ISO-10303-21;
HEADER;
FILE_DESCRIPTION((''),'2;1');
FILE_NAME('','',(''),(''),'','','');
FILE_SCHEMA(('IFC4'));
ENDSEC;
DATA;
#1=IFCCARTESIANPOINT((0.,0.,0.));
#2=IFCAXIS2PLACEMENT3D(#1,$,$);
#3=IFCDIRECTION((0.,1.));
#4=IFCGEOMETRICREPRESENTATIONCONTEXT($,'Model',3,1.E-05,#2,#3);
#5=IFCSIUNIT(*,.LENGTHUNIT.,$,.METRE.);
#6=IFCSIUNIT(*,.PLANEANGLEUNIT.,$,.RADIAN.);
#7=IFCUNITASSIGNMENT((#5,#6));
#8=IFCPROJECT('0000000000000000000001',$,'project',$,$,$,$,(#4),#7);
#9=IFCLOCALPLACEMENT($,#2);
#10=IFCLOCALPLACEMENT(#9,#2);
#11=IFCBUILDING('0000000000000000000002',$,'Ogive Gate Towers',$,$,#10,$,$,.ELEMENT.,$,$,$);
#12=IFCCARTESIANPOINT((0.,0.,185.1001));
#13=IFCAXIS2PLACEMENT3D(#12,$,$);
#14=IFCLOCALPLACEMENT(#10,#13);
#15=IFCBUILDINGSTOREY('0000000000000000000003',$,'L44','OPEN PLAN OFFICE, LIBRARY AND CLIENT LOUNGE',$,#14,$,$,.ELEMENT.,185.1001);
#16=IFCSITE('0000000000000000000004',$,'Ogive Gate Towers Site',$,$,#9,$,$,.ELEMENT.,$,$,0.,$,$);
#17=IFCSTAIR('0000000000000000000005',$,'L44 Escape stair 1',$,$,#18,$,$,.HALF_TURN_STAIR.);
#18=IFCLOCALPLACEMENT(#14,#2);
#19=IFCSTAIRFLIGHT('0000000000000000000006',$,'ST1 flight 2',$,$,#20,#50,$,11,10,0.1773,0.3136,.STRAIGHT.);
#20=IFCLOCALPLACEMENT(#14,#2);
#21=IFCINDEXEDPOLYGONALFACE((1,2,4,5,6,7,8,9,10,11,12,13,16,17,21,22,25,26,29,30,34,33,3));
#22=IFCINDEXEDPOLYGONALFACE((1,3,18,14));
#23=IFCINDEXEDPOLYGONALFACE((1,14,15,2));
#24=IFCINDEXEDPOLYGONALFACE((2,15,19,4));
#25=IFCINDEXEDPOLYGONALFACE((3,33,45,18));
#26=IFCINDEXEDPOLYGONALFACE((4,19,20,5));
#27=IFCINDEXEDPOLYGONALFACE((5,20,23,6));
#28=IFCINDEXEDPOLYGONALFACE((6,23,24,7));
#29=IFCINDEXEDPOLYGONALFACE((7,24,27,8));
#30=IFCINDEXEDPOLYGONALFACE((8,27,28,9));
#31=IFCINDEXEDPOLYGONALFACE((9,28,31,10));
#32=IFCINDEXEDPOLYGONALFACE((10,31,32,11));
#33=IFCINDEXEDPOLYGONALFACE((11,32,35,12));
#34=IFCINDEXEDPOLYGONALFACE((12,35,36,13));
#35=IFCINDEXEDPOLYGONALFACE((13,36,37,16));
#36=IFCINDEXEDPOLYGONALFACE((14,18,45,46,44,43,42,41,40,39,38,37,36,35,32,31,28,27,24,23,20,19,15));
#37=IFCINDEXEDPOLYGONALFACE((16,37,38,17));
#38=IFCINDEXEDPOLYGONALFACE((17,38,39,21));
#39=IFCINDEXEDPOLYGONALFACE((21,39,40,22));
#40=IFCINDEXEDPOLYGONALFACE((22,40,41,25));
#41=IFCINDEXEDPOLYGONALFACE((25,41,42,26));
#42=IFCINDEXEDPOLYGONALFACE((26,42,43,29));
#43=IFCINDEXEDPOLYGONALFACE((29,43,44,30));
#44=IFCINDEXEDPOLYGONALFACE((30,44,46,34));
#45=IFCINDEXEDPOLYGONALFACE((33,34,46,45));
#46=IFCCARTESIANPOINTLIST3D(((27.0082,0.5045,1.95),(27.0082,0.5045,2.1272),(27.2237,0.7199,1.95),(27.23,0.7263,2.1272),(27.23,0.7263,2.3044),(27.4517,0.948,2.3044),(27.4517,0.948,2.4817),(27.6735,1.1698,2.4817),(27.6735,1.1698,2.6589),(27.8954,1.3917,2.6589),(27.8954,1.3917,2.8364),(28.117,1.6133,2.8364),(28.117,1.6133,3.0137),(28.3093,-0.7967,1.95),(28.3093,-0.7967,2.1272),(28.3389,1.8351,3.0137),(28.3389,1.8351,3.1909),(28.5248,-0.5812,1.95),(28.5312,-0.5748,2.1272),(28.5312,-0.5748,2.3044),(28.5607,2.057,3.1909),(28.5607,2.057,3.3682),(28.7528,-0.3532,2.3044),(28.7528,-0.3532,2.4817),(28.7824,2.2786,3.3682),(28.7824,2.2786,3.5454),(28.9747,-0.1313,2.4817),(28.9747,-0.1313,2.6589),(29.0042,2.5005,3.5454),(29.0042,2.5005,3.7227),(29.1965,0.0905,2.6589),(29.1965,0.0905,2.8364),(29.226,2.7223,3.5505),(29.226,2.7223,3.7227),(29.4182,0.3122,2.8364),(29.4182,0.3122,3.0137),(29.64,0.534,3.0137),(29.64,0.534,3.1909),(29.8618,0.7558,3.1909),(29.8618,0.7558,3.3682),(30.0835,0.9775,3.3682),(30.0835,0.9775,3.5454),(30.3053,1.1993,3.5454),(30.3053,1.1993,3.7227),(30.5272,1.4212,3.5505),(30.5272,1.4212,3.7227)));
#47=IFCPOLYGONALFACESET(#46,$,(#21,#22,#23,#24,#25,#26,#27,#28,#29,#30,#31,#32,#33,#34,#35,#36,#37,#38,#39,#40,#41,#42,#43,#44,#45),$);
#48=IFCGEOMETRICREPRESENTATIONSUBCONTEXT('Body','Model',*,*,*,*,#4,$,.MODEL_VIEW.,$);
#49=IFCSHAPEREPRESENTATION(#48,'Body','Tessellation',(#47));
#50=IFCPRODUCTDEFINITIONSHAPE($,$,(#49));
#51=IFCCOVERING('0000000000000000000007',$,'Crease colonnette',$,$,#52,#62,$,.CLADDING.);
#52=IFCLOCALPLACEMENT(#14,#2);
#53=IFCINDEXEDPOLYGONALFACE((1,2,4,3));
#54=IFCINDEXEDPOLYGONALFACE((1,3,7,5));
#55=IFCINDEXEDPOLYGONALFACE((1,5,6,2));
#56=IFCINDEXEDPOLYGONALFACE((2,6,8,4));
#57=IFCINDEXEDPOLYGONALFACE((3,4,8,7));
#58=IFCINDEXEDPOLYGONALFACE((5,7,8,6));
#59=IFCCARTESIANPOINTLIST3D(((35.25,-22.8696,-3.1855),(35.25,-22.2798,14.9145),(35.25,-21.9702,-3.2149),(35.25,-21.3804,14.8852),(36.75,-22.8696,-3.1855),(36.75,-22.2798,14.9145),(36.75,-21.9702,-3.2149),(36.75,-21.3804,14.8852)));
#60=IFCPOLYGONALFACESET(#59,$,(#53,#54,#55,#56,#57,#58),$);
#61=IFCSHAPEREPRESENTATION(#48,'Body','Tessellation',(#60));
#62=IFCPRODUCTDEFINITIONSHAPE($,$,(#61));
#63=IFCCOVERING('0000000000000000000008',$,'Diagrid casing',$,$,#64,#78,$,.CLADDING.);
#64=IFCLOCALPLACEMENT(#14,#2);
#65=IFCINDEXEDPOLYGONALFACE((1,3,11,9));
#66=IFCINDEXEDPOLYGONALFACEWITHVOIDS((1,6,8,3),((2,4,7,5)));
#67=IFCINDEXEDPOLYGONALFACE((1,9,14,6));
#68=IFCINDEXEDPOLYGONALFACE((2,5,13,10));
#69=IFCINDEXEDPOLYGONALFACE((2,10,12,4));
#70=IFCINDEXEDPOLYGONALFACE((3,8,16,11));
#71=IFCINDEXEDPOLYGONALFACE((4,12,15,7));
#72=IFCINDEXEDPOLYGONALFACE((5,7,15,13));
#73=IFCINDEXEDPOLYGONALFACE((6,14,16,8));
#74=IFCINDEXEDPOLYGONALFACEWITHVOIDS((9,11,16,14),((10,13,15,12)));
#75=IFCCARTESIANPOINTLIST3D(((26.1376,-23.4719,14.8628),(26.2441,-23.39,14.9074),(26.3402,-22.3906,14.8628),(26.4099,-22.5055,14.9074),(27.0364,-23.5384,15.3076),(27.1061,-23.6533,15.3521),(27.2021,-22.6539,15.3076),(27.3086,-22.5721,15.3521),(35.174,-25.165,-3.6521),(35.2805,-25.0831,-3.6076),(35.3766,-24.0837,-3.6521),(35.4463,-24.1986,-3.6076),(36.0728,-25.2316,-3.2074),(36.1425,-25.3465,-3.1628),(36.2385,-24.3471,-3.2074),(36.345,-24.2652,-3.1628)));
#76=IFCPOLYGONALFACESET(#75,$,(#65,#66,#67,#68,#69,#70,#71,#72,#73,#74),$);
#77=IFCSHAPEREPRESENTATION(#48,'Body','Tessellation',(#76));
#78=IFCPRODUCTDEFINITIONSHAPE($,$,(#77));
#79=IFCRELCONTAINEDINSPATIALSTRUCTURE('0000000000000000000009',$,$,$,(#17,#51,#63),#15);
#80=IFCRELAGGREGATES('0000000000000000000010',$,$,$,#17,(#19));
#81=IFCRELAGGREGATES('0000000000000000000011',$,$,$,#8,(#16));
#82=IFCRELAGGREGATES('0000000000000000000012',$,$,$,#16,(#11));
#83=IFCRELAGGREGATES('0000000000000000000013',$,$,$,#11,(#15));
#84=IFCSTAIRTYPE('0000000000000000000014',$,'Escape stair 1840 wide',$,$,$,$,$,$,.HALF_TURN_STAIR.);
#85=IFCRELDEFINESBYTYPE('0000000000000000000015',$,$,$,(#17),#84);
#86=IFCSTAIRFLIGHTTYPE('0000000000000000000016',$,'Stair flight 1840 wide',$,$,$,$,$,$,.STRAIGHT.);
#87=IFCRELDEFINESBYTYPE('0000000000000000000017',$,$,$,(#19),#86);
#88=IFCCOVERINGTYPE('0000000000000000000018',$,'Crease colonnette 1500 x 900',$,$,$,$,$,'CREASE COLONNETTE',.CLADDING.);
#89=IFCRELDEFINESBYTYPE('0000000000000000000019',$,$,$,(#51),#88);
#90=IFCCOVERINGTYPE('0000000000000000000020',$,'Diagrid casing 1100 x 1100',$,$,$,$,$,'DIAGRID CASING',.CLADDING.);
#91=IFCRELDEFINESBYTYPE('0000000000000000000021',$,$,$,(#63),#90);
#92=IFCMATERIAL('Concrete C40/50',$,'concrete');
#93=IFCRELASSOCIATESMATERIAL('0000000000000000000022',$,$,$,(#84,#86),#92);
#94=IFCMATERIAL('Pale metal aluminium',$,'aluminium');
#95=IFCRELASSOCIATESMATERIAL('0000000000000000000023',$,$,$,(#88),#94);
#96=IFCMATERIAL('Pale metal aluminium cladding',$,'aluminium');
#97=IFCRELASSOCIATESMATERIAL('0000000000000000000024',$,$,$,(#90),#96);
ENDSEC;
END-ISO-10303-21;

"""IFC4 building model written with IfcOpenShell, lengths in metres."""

from ifc_helpers import new_model, si_unit, direction, frame, origin, origin_2d, place, context, subcontext, project, spatial, polyline, rectangle, hollow_rectangle, outline, extrude, material, material_profile, profile_set, type_object, element, aggregate, save


model = new_model("IFC4")

# Units and contexts
model_context = context("Model", 3, precision=1e-05, world=origin(), true_north=direction((0.0, 1.0)))
body_context = subcontext(model_context, "Body", "Model", "MODEL_VIEW")
ifc_project = project(units=[si_unit("LENGTHUNIT", "METRE"), si_unit("PLANEANGLEUNIT", "RADIAN")], contexts=[model_context])

# Site, building, storey
site_placement = place(None, origin())
site = spatial("IfcSite", under=ifc_project, at=site_placement, Name="Ogive Gate Towers Site", CompositionType="ELEMENT", RefElevation=0.0)
building_placement = place(site_placement, origin())
building = spatial("IfcBuilding", under=site, at=building_placement, Name="Ogive Gate Towers", CompositionType="ELEMENT")
storey_placement = place(building_placement, frame((0.0, 0.0, 185.1001)))
storey = spatial("IfcBuildingStorey", under=building, at=storey_placement, Name="L44", Description="OPEN PLAN OFFICE, LIBRARY AND CLIENT LOUNGE", CompositionType="ELEMENT", Elevation=185.1001)

# Stair, stair flight
ifc_material_1 = material(Name="Concrete C40/50", Category="concrete")
stair_type = type_object("IfcStairType", Name="Escape stair 1840 wide", PredefinedType="HALF_TURN_STAIR", material=ifc_material_1)
stair_placement = place(storey_placement, origin())
stair = element("IfcStair", 1, at=stair_placement, inside=storey, type_object=stair_type, Name="L44 Escape stair 1", PredefinedType="HALF_TURN_STAIR")
stair_flight_type = type_object("IfcStairFlightType", Name="Stair flight 1840 wide", PredefinedType="STRAIGHT", material=ifc_material_1)
stair_flight_placement = place(storey_placement, frame((27.6587, -0.146, 1.95), z_axis=(0.0, 0.0, 1.0), x_axis=(0.707107, 0.707107, 0.0)))
stair_flight = element("IfcStairFlight", 2, at=stair_flight_placement, type_object=stair_flight_type, Name="ST1 flight 2", NumberOfRisers=11, NumberOfTreads=10, PredefinedType="STRAIGHT", RiserHeight=0.1773, TreadLength=0.3136, context=body_context, shape_type="SweptSolid", body=[
    extrude(outline(polyline([(0.0, 0.0), (0.0, 0.1772), (0.3137, 0.1772), (0.3137, 0.3545), (0.6272, 0.3545), (0.6272, 0.5317), (0.9409, 0.5317), (0.9409, 0.709), (1.2546, 0.709), (1.2546, 0.8865), (1.5681, 0.8865), (1.5681, 1.0637), (1.8818, 1.0637), (1.8818, 1.241), (2.1956, 1.241), (2.1956, 1.4182), (2.509, 1.4182), (2.509, 1.5955), (2.8228, 1.5955), (2.8228, 1.7727), (3.1365, 1.7727), (3.1365, 1.95), (3.1365, 1.6006), (0.3047, 0.0), (0.0, 0.0)])), frame((0.0, 0.9199, 0.0), z_axis=(0.0, -1.0, 0.0), x_axis=(1.0, 0.0, 0.0)), (0.0, 0.0, 1.0), 1.8401),
])
aggregate(stair, [stair_flight])

# Coverings
ifc_material_2 = material(Name="Pale metal aluminium", Category="aluminium")
ifc_material_profile_1 = material_profile(ifc_material_2, rectangle(XDim=1.5, YDim=0.8999, at=origin_2d()), Name="1500 x 900 pale metal aluminium")
ifc_profile_set_1 = profile_set([ifc_material_profile_1], Name="Pale metal aluminium")
covering_type_1 = type_object("IfcCoveringType", Name="Crease colonnette 1500 x 900", ElementType="CREASE COLONNETTE", PredefinedType="CLADDING", material=ifc_profile_set_1)
covering_1_placement = place(storey_placement, frame((36.0, -22.4199, -3.2002), z_axis=(0.0, 0.032571, 0.999469), x_axis=(-1.0, 0.0, 0.0)))
element("IfcCovering", 3, at=covering_1_placement, inside=storey, type_object=covering_type_1, Name="Crease colonnette", PredefinedType="CLADDING", context=body_context, shape_type="SweptSolid", body=[
    extrude(rectangle(XDim=1.5, YDim=0.8999, at=origin_2d()), origin(), (0.0, 0.0, 1.0), 18.1096),
])
ifc_material_3 = material(Name="Pale metal aluminium cladding", Category="aluminium")
ifc_material_profile_2 = material_profile(ifc_material_3, hollow_rectangle(XDim=1.1001, YDim=1.1001, WallThickness=0.1001, at=origin_2d()), Name="1100 x 1100 pale metal casing")
ifc_profile_set_2 = profile_set([ifc_material_profile_2], Name="Pale metal aluminium cladding")
covering_type_2 = type_object("IfcCoveringType", Name="Diagrid casing 1100 x 1100", ElementType="DIAGRID CASING", PredefinedType="CLADDING", material=ifc_profile_set_2)
covering_2_placement = place(storey_placement, frame((35.7595, -24.7151, -3.4075), z_axis=(-0.437135, 0.081905, 0.895659), x_axis=(-0.184162, -0.982896, 0.0)))
element("IfcCovering", 4, at=covering_2_placement, inside=storey, type_object=covering_type_2, Name="Diagrid casing", PredefinedType="CLADDING", context=body_context, shape_type="SweptSolid", body=[
    extrude(hollow_rectangle(XDim=1.1001, YDim=1.1001, WallThickness=0.1001, at=origin_2d()), origin(), (0.0, 0.0, 1.0), 20.6719),
])

save(model, "model.ifc")
